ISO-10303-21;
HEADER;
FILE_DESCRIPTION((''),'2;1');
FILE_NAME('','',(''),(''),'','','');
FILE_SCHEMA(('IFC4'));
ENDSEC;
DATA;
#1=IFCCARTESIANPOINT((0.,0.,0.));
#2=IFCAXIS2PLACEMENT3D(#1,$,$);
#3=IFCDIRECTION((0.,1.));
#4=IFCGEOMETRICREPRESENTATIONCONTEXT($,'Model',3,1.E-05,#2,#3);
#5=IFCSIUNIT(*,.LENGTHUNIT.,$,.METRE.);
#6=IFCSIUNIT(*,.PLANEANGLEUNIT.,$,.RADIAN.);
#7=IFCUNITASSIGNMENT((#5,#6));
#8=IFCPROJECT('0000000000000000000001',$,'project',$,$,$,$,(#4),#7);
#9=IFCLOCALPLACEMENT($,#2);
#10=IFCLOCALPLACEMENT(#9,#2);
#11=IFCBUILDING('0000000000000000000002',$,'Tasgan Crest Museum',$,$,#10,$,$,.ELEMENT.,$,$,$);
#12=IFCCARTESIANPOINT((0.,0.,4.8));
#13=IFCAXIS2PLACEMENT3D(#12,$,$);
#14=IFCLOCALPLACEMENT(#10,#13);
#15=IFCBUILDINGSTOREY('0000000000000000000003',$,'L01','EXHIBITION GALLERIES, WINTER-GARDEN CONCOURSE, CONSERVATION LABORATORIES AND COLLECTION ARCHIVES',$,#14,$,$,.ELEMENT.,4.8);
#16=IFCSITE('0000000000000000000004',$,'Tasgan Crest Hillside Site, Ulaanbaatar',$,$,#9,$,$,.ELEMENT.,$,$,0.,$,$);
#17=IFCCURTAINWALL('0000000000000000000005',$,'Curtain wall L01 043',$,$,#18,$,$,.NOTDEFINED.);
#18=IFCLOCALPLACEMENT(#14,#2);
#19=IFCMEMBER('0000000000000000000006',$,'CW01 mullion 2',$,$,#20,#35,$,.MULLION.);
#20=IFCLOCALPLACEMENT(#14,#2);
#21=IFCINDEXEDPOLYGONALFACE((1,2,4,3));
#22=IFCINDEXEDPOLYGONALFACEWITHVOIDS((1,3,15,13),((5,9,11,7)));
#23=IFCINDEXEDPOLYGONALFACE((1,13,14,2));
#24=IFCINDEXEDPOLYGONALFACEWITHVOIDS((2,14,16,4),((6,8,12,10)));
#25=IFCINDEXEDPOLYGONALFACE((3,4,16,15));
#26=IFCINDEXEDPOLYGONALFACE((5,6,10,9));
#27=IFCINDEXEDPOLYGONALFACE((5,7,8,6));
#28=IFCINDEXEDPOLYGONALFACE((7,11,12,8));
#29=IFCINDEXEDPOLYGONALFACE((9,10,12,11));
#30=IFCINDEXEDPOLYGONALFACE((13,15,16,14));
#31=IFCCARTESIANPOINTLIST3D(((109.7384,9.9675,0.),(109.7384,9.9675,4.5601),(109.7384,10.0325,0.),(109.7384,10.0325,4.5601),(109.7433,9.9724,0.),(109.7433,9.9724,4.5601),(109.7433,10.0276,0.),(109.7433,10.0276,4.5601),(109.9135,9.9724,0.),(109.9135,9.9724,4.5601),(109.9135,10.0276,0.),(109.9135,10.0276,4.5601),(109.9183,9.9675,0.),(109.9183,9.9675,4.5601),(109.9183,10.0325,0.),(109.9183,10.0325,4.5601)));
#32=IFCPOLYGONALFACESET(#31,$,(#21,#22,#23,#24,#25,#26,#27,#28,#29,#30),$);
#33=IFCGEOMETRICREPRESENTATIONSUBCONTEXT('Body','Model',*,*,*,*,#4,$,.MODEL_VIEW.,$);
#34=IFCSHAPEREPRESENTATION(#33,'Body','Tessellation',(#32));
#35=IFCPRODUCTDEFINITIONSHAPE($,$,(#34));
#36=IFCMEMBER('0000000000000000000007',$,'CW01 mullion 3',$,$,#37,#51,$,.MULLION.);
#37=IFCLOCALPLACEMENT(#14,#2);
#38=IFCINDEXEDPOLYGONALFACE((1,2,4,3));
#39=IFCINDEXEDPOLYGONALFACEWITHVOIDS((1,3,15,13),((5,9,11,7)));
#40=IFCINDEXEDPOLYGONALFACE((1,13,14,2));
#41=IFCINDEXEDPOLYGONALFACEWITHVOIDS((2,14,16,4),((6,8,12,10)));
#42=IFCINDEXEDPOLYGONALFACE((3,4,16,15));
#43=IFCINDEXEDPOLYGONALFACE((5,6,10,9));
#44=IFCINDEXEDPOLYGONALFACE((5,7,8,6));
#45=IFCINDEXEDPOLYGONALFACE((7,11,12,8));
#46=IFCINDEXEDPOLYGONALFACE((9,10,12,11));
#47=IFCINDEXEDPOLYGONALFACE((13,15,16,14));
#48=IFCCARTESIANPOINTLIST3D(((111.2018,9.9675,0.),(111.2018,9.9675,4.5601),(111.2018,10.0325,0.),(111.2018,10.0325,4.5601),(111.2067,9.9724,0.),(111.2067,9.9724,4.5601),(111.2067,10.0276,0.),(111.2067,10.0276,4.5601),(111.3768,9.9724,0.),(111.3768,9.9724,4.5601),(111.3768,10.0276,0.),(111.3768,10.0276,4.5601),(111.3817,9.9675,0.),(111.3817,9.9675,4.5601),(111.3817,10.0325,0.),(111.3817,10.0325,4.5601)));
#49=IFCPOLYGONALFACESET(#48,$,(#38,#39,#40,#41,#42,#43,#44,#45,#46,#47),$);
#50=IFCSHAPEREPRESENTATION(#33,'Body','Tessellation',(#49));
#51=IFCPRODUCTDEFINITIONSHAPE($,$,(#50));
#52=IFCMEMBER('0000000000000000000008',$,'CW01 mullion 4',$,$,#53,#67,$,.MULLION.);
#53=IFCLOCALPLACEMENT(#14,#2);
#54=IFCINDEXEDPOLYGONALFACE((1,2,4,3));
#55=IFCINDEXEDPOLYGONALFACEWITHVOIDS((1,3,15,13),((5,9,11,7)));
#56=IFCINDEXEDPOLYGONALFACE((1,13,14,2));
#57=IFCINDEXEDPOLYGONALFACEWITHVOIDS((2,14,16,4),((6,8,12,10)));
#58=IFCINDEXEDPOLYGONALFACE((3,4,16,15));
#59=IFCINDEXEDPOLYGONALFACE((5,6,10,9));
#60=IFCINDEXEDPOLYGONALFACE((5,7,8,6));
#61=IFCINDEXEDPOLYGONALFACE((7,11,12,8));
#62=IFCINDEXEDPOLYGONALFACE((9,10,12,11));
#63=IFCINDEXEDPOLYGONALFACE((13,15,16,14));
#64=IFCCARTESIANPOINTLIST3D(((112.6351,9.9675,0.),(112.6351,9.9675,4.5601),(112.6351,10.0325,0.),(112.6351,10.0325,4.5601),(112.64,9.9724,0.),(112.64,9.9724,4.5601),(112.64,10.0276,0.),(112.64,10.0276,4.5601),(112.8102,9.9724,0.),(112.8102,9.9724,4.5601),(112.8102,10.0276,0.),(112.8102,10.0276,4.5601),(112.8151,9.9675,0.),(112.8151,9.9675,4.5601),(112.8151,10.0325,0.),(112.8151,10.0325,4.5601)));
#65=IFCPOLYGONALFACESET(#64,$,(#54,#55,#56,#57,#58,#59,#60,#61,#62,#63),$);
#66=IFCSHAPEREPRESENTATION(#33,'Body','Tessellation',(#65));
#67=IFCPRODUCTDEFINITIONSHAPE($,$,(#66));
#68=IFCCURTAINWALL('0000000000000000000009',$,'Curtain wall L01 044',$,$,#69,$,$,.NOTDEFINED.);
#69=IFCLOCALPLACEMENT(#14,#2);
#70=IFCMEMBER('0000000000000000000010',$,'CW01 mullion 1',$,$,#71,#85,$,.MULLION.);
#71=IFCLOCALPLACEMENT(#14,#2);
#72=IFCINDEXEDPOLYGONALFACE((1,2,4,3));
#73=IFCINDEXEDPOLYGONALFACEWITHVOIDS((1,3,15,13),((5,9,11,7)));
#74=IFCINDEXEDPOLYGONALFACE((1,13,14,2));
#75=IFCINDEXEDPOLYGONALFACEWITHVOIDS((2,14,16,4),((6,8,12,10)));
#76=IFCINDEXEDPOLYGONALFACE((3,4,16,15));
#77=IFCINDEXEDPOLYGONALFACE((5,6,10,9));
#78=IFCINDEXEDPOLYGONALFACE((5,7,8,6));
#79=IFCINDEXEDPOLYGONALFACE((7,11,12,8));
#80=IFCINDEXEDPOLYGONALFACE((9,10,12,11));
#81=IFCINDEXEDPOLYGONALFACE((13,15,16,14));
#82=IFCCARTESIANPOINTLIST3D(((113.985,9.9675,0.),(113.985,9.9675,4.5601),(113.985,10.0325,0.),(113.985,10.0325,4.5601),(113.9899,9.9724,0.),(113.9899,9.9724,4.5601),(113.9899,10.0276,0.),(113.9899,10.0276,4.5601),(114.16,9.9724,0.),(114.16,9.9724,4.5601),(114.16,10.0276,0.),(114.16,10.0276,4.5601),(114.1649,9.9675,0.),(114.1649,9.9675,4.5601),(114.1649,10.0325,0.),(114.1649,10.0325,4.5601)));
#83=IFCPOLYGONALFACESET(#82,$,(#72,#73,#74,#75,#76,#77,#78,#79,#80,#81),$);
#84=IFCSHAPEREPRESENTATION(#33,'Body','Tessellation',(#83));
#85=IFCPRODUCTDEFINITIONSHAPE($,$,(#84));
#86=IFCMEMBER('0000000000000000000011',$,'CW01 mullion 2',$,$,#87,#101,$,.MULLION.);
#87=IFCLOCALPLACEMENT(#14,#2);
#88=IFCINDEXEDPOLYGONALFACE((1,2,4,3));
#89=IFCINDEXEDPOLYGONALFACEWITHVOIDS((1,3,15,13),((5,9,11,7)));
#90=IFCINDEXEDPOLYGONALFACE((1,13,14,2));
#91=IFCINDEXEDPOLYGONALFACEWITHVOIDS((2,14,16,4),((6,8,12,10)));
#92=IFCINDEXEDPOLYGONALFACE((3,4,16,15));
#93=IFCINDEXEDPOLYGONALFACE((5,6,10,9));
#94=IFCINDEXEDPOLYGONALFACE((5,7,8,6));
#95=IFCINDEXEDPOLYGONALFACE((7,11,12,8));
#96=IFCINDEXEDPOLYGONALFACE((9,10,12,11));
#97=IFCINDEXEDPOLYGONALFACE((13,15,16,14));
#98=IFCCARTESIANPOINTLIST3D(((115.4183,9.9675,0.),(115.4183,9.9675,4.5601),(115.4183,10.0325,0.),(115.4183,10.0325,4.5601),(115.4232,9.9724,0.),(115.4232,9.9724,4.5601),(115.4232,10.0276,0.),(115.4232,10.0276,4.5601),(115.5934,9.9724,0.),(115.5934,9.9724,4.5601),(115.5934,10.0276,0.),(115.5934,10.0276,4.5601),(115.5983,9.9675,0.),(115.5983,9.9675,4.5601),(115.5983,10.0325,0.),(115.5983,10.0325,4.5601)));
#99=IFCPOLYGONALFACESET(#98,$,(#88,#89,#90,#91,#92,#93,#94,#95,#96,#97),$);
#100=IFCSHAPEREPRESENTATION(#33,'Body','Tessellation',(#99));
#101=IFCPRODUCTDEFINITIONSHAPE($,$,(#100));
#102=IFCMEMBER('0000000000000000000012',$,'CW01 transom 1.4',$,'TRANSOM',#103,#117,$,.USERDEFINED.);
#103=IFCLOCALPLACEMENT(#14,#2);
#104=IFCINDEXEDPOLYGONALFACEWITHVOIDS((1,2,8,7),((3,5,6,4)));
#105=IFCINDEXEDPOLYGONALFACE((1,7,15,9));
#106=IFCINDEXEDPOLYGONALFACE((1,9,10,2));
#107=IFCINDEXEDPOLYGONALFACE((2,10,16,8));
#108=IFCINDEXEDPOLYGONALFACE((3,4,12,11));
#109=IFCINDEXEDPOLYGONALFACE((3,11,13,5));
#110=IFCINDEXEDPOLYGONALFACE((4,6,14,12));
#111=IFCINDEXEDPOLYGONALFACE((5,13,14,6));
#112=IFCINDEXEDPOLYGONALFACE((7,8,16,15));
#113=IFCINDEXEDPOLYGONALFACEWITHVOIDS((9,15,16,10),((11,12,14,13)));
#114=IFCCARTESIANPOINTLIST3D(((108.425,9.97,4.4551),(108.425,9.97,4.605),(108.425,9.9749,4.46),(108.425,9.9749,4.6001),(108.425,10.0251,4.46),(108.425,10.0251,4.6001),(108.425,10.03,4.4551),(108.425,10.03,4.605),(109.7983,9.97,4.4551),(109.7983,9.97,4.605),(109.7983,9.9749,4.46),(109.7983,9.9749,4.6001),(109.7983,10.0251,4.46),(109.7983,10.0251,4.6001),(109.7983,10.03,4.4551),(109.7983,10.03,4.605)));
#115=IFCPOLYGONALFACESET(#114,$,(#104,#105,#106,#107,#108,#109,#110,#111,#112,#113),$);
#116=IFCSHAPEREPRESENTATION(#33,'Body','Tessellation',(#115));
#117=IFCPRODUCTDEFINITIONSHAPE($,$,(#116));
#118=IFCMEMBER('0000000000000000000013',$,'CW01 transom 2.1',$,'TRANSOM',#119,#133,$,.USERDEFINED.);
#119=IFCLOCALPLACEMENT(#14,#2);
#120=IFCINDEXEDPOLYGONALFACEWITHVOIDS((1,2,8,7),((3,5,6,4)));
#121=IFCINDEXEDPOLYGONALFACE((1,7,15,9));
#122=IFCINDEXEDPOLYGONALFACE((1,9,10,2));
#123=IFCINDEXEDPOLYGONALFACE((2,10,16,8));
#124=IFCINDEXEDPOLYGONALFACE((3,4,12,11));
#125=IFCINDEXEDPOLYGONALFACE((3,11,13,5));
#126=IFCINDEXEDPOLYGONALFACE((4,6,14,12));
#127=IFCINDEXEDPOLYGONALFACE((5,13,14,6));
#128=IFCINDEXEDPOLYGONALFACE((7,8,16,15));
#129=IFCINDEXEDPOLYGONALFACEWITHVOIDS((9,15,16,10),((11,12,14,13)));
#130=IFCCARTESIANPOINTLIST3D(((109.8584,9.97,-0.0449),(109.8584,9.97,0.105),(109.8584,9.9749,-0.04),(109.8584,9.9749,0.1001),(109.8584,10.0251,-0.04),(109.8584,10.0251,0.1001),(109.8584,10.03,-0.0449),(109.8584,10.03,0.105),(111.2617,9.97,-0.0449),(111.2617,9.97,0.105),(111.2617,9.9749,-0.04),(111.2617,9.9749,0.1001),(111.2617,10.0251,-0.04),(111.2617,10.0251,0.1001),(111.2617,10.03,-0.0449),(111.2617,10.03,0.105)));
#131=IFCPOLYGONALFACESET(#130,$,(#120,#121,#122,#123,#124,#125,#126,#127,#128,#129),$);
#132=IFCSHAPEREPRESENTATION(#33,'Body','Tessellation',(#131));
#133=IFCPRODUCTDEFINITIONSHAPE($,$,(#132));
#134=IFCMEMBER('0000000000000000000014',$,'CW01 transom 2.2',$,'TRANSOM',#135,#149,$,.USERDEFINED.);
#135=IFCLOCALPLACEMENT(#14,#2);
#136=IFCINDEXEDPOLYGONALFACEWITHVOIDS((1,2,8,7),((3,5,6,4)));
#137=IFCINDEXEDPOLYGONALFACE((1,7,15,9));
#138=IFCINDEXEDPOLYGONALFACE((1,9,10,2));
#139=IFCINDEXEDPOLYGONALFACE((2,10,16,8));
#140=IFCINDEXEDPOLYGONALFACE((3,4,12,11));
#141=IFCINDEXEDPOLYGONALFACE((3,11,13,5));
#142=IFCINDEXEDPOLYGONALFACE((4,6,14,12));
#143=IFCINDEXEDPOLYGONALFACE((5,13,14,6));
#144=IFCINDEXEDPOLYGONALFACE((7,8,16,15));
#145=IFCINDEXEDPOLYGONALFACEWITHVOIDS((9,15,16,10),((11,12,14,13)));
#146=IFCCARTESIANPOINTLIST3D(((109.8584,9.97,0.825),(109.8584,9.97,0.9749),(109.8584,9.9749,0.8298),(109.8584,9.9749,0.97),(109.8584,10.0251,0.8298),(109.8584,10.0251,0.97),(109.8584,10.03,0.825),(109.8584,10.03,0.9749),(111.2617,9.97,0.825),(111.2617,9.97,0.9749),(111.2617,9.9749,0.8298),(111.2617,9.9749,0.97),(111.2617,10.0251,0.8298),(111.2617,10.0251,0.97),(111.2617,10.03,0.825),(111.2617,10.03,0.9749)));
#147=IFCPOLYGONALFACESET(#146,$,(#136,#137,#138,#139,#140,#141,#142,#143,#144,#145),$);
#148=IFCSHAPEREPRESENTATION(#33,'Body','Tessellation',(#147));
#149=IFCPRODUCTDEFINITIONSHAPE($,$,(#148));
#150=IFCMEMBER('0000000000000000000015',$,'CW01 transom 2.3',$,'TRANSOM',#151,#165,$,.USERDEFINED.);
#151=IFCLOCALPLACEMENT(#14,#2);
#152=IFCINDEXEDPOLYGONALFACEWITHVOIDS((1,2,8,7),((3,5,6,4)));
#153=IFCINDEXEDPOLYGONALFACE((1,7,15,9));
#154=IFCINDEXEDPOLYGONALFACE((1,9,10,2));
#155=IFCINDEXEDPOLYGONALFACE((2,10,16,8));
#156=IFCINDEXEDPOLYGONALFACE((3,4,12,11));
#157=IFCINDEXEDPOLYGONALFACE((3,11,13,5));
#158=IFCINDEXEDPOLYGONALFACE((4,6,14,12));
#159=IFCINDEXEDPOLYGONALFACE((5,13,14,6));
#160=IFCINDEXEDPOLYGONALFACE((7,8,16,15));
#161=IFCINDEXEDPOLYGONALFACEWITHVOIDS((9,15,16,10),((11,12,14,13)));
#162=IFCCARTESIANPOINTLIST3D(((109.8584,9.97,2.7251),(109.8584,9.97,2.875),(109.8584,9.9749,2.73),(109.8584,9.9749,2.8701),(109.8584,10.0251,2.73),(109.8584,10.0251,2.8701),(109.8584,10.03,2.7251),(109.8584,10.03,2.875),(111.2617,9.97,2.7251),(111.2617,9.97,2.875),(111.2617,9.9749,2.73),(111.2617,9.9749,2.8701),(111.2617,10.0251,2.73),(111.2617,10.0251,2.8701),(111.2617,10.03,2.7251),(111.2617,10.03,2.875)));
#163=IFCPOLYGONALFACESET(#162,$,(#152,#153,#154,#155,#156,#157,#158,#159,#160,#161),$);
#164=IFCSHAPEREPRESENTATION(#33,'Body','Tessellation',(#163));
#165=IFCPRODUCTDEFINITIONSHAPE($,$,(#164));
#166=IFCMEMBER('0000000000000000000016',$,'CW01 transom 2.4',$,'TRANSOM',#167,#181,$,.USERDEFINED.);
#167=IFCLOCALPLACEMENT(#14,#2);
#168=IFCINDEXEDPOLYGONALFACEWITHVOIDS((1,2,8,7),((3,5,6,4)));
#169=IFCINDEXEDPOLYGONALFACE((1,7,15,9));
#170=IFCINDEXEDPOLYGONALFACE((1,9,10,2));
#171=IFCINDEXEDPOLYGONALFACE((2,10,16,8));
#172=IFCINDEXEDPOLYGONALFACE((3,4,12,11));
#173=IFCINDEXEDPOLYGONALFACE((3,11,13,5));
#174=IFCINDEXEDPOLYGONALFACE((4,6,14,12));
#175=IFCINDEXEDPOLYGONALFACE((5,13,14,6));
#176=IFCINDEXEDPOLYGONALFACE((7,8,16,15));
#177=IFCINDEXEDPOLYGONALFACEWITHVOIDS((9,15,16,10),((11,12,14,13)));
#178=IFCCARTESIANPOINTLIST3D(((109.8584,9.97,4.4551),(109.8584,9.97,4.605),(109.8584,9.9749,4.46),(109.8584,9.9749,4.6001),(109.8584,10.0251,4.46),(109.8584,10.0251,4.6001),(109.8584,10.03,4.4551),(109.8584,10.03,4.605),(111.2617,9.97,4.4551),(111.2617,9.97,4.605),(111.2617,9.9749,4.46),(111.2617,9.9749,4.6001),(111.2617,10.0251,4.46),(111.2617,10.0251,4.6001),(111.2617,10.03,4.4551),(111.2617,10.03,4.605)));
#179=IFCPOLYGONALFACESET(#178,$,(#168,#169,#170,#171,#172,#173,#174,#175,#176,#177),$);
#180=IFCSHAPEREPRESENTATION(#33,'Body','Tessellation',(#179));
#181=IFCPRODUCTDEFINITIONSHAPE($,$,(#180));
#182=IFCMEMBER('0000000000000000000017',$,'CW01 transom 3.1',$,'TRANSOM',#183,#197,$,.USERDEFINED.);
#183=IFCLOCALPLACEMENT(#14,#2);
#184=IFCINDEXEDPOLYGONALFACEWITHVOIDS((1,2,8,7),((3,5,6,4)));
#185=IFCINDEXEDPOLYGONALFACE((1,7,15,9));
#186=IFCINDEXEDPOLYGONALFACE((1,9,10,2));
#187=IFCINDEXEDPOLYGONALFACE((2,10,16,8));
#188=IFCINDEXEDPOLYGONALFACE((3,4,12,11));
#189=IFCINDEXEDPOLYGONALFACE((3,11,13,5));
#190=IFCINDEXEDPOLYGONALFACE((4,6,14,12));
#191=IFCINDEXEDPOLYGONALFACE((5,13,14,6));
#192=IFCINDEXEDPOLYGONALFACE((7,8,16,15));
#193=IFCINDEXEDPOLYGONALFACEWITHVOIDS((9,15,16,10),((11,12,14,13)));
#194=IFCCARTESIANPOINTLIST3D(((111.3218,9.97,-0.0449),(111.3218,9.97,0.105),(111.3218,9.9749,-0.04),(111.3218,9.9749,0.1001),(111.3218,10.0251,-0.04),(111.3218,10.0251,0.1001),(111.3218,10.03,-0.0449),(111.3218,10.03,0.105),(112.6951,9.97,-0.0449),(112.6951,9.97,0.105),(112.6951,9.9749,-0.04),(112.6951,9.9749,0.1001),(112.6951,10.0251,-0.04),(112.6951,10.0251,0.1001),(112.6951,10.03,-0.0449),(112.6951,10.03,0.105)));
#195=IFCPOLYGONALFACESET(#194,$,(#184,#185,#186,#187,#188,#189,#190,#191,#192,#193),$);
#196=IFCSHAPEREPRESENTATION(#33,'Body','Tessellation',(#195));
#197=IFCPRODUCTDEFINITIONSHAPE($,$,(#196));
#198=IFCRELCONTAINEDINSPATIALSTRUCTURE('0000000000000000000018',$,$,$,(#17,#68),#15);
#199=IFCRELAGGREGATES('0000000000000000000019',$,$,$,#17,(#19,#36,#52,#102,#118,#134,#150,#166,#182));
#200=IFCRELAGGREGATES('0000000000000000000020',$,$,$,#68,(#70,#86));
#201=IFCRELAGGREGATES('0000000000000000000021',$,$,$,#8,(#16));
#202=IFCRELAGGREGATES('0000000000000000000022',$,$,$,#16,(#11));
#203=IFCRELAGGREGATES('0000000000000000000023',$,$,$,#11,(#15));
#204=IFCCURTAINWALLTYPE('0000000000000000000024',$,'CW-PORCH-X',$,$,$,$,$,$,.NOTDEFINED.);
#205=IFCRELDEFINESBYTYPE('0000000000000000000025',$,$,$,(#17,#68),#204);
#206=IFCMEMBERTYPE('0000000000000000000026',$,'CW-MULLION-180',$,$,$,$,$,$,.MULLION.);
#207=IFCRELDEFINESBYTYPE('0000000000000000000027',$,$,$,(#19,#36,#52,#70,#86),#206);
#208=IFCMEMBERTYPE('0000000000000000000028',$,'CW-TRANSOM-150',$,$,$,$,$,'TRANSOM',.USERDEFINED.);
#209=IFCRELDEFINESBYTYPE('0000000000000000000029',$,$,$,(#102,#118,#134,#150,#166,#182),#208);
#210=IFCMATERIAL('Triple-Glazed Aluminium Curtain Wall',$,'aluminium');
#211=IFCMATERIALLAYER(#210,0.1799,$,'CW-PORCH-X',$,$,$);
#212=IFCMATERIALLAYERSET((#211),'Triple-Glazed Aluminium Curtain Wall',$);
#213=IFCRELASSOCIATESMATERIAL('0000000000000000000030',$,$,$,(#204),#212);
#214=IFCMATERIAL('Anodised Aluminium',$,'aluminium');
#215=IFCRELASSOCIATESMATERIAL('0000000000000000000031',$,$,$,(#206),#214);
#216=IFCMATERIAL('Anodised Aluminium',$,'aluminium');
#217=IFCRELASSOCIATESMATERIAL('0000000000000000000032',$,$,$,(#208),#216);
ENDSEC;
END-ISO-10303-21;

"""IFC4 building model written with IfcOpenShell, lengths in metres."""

from ifc_helpers import new_model, si_unit, direction, frame, origin, origin_2d, place, context, subcontext, project, spatial, hollow_rectangle, extrude, material, layer, layer_set, material_profile, profile_set, type_object, element, aggregate, save


model = new_model("IFC4")

# Units and contexts
model_context = context("Model", 3, precision=1e-05, world=origin(), true_north=direction((0.0, 1.0)))
body_context = subcontext(model_context, "Body", "Model", "MODEL_VIEW")
ifc_project = project(units=[si_unit("LENGTHUNIT", "METRE"), si_unit("PLANEANGLEUNIT", "RADIAN")], contexts=[model_context])

# Site, building, storey
site_placement = place(None, origin())
site = spatial("IfcSite", under=ifc_project, at=site_placement, Name="Tasgan Crest Hillside Site, Ulaanbaatar", CompositionType="ELEMENT", RefElevation=0.0)
building_placement = place(site_placement, origin())
building = spatial("IfcBuilding", under=site, at=building_placement, Name="Tasgan Crest Museum", CompositionType="ELEMENT")
storey_placement = place(building_placement, frame((0.0, 0.0, 4.8)))
storey = spatial("IfcBuildingStorey", under=building, at=storey_placement, Name="L01", Description="EXHIBITION GALLERIES, WINTER-GARDEN CONCOURSE, CONSERVATION LABORATORIES AND COLLECTION ARCHIVES", CompositionType="ELEMENT", Elevation=4.8)

# Curtain walls, members
ifc_material_1 = material(Name="Triple-Glazed Aluminium Curtain Wall", Category="aluminium")
ifc_layer_1 = layer(ifc_material_1, 0.1799, Name="CW-PORCH-X")
ifc_layer_set_1 = layer_set([ifc_layer_1], Name="Triple-Glazed Aluminium Curtain Wall")
curtain_wall_type = type_object("IfcCurtainWallType", Name="CW-PORCH-X", PredefinedType="NOTDEFINED", material=ifc_layer_set_1)
curtain_wall_1_placement = place(storey_placement, origin())
curtain_wall_1 = element("IfcCurtainWall", 1, at=curtain_wall_1_placement, inside=storey, type_object=curtain_wall_type, Name="Curtain wall L01 043", PredefinedType="NOTDEFINED")
ifc_material_2 = material(Name="Anodised Aluminium", Category="aluminium")
ifc_material_profile_1 = material_profile(ifc_material_2, hollow_rectangle(XDim=0.0649, YDim=0.1799, WallThickness=0.0049, at=origin_2d()), Name="ALU MULLION 180x65x5")
ifc_profile_set_1 = profile_set([ifc_material_profile_1], Name="Anodised Aluminium")
member_type_1 = type_object("IfcMemberType", Name="CW-MULLION-180", PredefinedType="MULLION", material=ifc_profile_set_1)
member_1_placement = place(storey_placement, frame((109.8284, 10.0, 0.0), z_axis=(0.0, 0.0, 1.0), x_axis=(0.0, 1.0, 0.0)))
member_1 = element("IfcMember", 2, at=member_1_placement, type_object=member_type_1, Name="CW01 mullion 2", PredefinedType="MULLION", context=body_context, shape_type="SweptSolid", body=[
    extrude(hollow_rectangle(XDim=0.0649, YDim=0.1799, WallThickness=0.0049, at=origin_2d()), origin(), (0.0, 0.0, 1.0), 4.5601),
])
member_2_placement = place(storey_placement, frame((111.2917, 10.0, 0.0), z_axis=(0.0, 0.0, 1.0), x_axis=(0.0, 1.0, 0.0)))
member_2 = element("IfcMember", 3, at=member_2_placement, type_object=member_type_1, Name="CW01 mullion 3", PredefinedType="MULLION", context=body_context, shape_type="SweptSolid", body=[
    extrude(hollow_rectangle(XDim=0.0649, YDim=0.1799, WallThickness=0.0049, at=origin_2d()), origin(), (0.0, 0.0, 1.0), 4.5601),
])
member_3_placement = place(storey_placement, frame((112.7251, 10.0, 0.0), z_axis=(0.0, 0.0, 1.0), x_axis=(0.0, 1.0, 0.0)))
member_3 = element("IfcMember", 4, at=member_3_placement, type_object=member_type_1, Name="CW01 mullion 4", PredefinedType="MULLION", context=body_context, shape_type="SweptSolid", body=[
    extrude(hollow_rectangle(XDim=0.0649, YDim=0.1799, WallThickness=0.0049, at=origin_2d()), origin(), (0.0, 0.0, 1.0), 4.5601),
])
curtain_wall_2_placement = place(storey_placement, origin())
curtain_wall_2 = element("IfcCurtainWall", 5, at=curtain_wall_2_placement, inside=storey, type_object=curtain_wall_type, Name="Curtain wall L01 044", PredefinedType="NOTDEFINED")
member_4_placement = place(storey_placement, frame((114.075, 10.0, 0.0), z_axis=(0.0, 0.0, 1.0), x_axis=(0.0, 1.0, 0.0)))
member_4 = element("IfcMember", 6, at=member_4_placement, type_object=member_type_1, Name="CW01 mullion 1", PredefinedType="MULLION", context=body_context, shape_type="SweptSolid", body=[
    extrude(hollow_rectangle(XDim=0.0649, YDim=0.1799, WallThickness=0.0049, at=origin_2d()), origin(), (0.0, 0.0, 1.0), 4.5601),
])
member_5_placement = place(storey_placement, frame((115.5083, 10.0, 0.0), z_axis=(0.0, 0.0, 1.0), x_axis=(0.0, 1.0, 0.0)))
member_5 = element("IfcMember", 7, at=member_5_placement, type_object=member_type_1, Name="CW01 mullion 2", PredefinedType="MULLION", context=body_context, shape_type="SweptSolid", body=[
    extrude(hollow_rectangle(XDim=0.0649, YDim=0.1799, WallThickness=0.0049, at=origin_2d()), origin(), (0.0, 0.0, 1.0), 4.5601),
])

# Members
ifc_material_3 = material(Name="Anodised Aluminium", Category="aluminium")
ifc_material_profile_2 = material_profile(ifc_material_3, hollow_rectangle(XDim=0.0601, YDim=0.1499, WallThickness=0.0049, at=origin_2d()), Name="ALU TRANSOM 150x60x5")
ifc_profile_set_2 = profile_set([ifc_material_profile_2], Name="Anodised Aluminium")
member_type_2 = type_object("IfcMemberType", Name="CW-TRANSOM-150", ElementType="TRANSOM", PredefinedType="USERDEFINED", material=ifc_profile_set_2)
member_6_placement = place(storey_placement, frame((108.425, 10.0, 4.53), z_axis=(1.0, 0.0, 0.0), x_axis=(0.0, 1.0, 0.0)))
member_6 = element("IfcMember", 8, at=member_6_placement, type_object=member_type_2, Name="CW01 transom 1.4", ObjectType="TRANSOM", PredefinedType="USERDEFINED", context=body_context, shape_type="SweptSolid", body=[
    extrude(hollow_rectangle(XDim=0.0601, YDim=0.1499, WallThickness=0.0049, at=origin_2d()), origin(), (0.0, 0.0, 1.0), 1.3733),
])
member_7_placement = place(storey_placement, frame((109.8584, 10.0, 0.03), z_axis=(1.0, 0.0, 0.0), x_axis=(0.0, 1.0, 0.0)))
member_7 = element("IfcMember", 9, at=member_7_placement, type_object=member_type_2, Name="CW01 transom 2.1", ObjectType="TRANSOM", PredefinedType="USERDEFINED", context=body_context, shape_type="SweptSolid", body=[
    extrude(hollow_rectangle(XDim=0.0601, YDim=0.1499, WallThickness=0.0049, at=origin_2d()), origin(), (0.0, 0.0, 1.0), 1.4033),
])
member_8_placement = place(storey_placement, frame((109.8584, 10.0, 0.8999), z_axis=(1.0, 0.0, 0.0), x_axis=(0.0, 1.0, 0.0)))
member_8 = element("IfcMember", 10, at=member_8_placement, type_object=member_type_2, Name="CW01 transom 2.2", ObjectType="TRANSOM", PredefinedType="USERDEFINED", context=body_context, shape_type="SweptSolid", body=[
    extrude(hollow_rectangle(XDim=0.0601, YDim=0.1499, WallThickness=0.0049, at=origin_2d()), origin(), (0.0, 0.0, 1.0), 1.4033),
])
member_9_placement = place(storey_placement, frame((109.8584, 10.0, 2.8), z_axis=(1.0, 0.0, 0.0), x_axis=(0.0, 1.0, 0.0)))
member_9 = element("IfcMember", 11, at=member_9_placement, type_object=member_type_2, Name="CW01 transom 2.3", ObjectType="TRANSOM", PredefinedType="USERDEFINED", context=body_context, shape_type="SweptSolid", body=[
    extrude(hollow_rectangle(XDim=0.0601, YDim=0.1499, WallThickness=0.0049, at=origin_2d()), origin(), (0.0, 0.0, 1.0), 1.4033),
])
member_10_placement = place(storey_placement, frame((109.8584, 10.0, 4.53), z_axis=(1.0, 0.0, 0.0), x_axis=(0.0, 1.0, 0.0)))
member_10 = element("IfcMember", 12, at=member_10_placement, type_object=member_type_2, Name="CW01 transom 2.4", ObjectType="TRANSOM", PredefinedType="USERDEFINED", context=body_context, shape_type="SweptSolid", body=[
    extrude(hollow_rectangle(XDim=0.0601, YDim=0.1499, WallThickness=0.0049, at=origin_2d()), origin(), (0.0, 0.0, 1.0), 1.4033),
])
member_11_placement = place(storey_placement, frame((111.3218, 10.0, 0.03), z_axis=(1.0, 0.0, 0.0), x_axis=(0.0, 1.0, 0.0)))
member_11 = element("IfcMember", 13, at=member_11_placement, type_object=member_type_2, Name="CW01 transom 3.1", ObjectType="TRANSOM", PredefinedType="USERDEFINED", context=body_context, shape_type="SweptSolid", body=[
    extrude(hollow_rectangle(XDim=0.0601, YDim=0.1499, WallThickness=0.0049, at=origin_2d()), origin(), (0.0, 0.0, 1.0), 1.3733),
])

aggregate(curtain_wall_1, [member_1, member_2, member_3, member_6, member_7, member_8, member_9, member_10, member_11])
aggregate(curtain_wall_2, [member_4, member_5])

save(model, "model.ifc")
